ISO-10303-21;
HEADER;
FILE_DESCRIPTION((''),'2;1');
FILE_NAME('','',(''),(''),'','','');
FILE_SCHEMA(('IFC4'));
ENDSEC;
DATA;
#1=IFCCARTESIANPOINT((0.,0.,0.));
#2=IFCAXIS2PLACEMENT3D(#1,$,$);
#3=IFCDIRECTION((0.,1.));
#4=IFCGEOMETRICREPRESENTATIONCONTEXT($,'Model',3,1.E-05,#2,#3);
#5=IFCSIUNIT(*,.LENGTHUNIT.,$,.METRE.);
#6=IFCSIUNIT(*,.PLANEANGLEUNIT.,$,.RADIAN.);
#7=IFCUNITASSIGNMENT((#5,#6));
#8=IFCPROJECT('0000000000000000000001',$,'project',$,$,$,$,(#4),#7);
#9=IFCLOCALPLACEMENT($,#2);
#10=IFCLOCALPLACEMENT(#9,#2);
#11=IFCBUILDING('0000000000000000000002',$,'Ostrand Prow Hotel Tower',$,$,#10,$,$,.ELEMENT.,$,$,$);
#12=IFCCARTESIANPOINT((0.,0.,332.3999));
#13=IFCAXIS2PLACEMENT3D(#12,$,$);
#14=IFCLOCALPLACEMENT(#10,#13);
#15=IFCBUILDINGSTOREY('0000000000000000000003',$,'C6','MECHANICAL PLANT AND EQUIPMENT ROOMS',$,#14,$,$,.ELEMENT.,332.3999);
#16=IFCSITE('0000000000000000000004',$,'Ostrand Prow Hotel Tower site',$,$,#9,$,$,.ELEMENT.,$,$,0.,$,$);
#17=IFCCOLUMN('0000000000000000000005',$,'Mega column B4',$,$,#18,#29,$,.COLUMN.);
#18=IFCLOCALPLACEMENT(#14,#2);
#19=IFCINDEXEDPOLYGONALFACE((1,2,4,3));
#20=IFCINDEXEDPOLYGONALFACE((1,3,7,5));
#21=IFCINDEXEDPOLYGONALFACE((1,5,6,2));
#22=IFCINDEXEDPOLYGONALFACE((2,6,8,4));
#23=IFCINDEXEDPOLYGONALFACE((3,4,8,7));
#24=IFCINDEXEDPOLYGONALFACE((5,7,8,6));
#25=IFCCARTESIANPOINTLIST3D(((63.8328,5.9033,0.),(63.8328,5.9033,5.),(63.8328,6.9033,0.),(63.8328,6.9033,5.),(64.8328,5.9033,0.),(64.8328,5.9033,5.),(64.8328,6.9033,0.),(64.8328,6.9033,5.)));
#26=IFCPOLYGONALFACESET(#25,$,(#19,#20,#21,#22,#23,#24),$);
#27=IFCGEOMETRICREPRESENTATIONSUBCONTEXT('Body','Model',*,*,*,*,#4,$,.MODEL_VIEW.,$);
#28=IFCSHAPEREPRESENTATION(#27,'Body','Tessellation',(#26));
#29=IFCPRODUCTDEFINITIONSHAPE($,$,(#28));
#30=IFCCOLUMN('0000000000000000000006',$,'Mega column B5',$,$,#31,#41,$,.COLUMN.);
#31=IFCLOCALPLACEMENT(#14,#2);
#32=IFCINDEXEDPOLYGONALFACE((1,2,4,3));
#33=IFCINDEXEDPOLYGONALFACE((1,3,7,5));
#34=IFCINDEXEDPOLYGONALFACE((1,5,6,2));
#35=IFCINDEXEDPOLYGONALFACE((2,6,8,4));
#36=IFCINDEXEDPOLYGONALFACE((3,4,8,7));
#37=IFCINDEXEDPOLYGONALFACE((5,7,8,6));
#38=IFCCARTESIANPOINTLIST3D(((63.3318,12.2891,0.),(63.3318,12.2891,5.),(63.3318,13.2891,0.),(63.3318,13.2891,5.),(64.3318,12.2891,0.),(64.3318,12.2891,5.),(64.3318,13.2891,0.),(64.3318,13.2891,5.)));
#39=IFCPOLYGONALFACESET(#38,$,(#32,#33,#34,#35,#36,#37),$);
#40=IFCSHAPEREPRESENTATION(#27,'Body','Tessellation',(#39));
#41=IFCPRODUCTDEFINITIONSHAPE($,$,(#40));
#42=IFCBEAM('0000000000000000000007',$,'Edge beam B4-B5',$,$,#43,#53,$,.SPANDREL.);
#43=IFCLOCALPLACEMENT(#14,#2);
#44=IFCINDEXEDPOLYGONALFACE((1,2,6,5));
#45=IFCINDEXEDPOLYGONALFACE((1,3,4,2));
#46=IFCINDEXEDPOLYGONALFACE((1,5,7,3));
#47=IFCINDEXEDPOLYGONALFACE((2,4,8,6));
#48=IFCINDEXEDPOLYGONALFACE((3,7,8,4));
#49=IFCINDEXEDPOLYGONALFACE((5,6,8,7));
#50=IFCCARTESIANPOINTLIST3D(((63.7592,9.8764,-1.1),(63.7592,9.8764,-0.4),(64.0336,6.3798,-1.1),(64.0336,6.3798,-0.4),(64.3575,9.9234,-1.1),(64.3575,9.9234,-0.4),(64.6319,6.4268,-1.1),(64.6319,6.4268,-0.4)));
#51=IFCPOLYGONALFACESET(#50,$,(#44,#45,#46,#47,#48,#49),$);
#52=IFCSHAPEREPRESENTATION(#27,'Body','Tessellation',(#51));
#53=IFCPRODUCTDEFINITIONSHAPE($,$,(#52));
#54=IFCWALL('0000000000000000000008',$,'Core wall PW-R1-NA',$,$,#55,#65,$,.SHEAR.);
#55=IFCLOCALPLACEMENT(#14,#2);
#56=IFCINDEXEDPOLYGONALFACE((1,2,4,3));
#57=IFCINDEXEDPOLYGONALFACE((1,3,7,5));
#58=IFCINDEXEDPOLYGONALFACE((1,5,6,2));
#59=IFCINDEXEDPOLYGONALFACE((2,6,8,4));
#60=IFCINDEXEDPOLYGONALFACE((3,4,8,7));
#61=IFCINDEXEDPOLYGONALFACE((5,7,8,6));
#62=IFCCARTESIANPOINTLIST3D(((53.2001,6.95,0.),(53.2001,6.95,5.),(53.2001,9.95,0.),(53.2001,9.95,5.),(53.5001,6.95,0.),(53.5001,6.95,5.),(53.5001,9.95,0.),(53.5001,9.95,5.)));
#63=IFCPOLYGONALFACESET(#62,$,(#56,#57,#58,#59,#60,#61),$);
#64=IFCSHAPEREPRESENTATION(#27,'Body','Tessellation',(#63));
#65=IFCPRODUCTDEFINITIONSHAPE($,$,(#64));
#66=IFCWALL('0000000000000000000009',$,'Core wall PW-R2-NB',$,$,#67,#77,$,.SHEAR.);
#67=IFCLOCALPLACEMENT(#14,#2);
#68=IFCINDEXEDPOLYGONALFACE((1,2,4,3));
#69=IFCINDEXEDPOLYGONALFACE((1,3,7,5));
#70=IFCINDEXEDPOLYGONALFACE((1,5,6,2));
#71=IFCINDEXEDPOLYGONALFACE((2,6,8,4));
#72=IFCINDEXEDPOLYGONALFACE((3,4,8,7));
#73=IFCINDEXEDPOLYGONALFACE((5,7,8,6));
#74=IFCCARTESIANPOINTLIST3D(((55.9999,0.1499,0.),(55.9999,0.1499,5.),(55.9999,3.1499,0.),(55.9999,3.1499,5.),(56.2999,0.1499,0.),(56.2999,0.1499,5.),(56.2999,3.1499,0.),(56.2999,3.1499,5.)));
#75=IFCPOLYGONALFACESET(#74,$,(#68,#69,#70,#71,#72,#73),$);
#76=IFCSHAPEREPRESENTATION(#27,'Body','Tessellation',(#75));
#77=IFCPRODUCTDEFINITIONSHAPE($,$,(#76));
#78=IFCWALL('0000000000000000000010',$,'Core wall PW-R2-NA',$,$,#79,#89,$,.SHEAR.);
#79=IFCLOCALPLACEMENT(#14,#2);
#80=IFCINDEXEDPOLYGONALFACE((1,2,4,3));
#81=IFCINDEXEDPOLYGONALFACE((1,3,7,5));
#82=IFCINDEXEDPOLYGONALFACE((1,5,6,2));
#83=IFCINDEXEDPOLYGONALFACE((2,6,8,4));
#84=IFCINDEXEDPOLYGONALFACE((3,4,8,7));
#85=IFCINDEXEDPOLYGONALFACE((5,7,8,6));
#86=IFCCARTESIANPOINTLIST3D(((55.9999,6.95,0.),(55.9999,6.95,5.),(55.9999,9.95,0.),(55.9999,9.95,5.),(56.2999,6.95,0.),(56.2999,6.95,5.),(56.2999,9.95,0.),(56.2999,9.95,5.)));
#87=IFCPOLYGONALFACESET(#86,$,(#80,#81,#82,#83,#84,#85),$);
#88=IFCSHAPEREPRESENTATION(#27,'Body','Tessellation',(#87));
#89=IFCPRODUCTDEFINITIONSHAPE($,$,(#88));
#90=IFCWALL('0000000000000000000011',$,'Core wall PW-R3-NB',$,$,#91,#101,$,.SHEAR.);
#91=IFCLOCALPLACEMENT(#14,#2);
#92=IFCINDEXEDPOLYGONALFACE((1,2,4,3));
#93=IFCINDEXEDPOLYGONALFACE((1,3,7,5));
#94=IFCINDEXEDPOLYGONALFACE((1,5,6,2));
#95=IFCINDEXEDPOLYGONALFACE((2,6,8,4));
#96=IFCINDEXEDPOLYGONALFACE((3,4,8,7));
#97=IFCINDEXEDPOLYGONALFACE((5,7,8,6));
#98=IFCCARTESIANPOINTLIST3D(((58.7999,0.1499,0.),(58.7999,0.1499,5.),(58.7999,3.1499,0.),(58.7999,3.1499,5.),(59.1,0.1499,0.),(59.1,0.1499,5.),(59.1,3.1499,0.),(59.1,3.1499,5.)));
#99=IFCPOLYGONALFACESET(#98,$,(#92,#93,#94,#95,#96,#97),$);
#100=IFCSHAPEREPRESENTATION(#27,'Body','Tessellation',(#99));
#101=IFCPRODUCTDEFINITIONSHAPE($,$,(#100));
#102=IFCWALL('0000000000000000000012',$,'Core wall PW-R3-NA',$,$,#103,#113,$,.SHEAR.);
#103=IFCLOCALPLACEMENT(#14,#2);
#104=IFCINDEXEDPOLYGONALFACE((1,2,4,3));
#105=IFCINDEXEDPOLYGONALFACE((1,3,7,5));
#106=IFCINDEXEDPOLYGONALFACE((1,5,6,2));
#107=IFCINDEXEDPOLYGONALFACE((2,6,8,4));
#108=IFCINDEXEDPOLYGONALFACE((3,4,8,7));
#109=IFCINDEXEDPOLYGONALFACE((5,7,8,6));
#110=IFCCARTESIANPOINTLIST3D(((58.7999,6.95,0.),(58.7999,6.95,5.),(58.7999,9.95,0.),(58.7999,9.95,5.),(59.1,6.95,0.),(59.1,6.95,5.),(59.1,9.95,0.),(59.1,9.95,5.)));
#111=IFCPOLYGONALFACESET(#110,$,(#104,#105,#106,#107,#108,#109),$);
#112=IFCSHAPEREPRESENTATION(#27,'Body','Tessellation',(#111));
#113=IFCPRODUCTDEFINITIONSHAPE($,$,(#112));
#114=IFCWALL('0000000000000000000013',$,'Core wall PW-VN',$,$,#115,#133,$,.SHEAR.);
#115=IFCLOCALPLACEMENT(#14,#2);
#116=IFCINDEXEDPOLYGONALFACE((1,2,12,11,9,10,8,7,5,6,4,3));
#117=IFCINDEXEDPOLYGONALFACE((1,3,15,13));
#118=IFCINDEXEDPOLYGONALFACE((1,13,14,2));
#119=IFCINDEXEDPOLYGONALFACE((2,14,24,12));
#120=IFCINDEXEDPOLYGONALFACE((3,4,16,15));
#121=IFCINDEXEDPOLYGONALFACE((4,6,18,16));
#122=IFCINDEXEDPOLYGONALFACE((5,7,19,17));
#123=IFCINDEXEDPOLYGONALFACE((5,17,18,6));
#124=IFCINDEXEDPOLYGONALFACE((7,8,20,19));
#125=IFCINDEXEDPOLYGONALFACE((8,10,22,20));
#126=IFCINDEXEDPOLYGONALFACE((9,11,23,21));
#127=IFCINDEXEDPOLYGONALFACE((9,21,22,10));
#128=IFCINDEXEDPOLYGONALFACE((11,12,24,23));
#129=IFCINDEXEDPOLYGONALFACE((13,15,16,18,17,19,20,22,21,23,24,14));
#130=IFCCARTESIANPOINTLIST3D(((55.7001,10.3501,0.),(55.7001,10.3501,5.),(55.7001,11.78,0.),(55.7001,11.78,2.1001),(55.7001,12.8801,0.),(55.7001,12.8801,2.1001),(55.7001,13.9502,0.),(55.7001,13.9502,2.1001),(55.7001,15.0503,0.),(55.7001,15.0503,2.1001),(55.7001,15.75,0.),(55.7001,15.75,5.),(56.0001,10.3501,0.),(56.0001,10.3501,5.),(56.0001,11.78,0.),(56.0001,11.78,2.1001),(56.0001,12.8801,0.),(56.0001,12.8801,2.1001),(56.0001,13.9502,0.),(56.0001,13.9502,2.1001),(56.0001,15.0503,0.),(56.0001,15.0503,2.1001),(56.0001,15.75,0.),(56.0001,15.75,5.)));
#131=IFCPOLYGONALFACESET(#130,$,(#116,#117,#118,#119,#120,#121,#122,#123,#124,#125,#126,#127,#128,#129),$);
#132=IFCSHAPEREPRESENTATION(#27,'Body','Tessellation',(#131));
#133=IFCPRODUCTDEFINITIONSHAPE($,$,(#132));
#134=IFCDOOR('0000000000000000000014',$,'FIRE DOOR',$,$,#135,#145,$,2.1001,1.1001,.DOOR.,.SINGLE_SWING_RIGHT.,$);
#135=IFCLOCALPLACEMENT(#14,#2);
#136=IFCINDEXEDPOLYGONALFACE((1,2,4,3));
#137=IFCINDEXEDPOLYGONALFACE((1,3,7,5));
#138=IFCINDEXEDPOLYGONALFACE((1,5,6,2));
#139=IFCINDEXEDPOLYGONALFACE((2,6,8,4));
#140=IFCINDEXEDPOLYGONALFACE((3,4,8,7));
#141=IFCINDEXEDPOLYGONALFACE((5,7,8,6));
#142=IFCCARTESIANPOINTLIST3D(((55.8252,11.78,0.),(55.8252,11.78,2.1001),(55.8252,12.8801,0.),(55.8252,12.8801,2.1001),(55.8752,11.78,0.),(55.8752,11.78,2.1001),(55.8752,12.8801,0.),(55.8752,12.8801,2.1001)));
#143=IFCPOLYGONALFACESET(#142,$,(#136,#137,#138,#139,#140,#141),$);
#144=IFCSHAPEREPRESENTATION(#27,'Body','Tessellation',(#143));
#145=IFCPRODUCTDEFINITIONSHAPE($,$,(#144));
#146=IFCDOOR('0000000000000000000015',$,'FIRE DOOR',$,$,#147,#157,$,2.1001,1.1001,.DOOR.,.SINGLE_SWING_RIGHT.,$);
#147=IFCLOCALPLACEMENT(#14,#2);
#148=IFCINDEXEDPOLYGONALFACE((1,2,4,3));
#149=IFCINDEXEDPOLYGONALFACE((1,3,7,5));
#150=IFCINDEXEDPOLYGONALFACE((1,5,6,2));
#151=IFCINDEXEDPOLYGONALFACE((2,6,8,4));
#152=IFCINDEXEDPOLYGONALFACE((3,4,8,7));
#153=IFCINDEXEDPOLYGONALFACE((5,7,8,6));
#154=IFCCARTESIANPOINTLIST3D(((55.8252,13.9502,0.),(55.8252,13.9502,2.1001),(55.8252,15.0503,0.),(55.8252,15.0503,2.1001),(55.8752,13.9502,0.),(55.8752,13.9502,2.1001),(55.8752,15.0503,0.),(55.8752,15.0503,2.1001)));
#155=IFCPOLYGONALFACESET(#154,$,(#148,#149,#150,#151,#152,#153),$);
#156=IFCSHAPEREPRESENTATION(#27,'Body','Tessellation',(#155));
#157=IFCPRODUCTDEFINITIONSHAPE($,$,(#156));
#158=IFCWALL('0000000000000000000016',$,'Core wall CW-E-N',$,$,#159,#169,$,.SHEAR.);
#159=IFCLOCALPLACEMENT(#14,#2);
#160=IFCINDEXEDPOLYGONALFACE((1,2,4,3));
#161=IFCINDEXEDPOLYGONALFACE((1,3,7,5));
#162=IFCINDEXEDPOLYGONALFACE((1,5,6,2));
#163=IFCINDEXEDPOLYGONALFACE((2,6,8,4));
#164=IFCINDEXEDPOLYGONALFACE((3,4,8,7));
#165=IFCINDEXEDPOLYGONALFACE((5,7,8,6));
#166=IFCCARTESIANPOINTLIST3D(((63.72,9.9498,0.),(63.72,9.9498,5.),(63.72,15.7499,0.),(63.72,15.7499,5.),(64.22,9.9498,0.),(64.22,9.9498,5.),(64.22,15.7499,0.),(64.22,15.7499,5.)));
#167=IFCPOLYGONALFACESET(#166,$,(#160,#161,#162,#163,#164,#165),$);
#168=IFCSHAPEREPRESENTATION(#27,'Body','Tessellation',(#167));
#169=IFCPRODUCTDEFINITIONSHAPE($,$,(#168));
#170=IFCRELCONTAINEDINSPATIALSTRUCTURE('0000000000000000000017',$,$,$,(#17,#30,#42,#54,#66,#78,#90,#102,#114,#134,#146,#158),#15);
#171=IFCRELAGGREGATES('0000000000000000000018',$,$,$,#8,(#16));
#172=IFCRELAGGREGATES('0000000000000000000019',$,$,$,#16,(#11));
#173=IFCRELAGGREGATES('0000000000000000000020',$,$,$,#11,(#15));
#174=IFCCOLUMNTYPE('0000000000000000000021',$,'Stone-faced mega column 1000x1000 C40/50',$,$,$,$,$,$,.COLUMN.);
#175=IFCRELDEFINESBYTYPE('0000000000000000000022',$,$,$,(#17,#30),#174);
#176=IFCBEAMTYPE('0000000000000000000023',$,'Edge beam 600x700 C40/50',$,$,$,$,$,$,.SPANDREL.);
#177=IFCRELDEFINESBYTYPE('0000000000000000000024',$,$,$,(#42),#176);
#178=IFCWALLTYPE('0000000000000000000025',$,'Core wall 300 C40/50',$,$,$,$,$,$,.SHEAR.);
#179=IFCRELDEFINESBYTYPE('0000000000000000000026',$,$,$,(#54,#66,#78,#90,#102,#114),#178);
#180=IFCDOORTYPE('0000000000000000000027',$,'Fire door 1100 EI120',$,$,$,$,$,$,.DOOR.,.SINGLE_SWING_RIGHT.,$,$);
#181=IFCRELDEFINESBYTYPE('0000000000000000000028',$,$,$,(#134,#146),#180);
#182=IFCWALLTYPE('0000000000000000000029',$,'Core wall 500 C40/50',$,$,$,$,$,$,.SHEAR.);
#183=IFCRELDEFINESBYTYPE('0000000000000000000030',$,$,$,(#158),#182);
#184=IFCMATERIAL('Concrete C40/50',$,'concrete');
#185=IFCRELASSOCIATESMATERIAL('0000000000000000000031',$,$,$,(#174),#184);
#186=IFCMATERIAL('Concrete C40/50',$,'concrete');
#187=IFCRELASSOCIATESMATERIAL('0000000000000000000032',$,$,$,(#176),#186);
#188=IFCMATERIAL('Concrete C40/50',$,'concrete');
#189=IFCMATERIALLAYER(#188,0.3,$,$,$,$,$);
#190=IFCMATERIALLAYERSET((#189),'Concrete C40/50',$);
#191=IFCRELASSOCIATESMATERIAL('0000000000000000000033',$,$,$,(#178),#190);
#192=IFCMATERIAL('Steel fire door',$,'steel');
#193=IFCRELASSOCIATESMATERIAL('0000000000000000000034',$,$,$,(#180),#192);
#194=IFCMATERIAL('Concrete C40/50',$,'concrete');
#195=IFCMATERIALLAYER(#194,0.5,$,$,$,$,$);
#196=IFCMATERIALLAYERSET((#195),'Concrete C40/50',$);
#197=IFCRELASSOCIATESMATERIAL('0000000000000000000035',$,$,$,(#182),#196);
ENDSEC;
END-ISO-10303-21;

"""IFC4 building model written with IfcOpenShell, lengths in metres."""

from ifc_helpers import new_model, si_unit, direction, frame, frame_2d, origin, origin_2d, place, context, subcontext, project, spatial, rectangle, extrude, material, layer, layer_set, material_profile, profile_set, type_object, element, fill, save


model = new_model("IFC4")

# Units and contexts
model_context = context("Model", 3, precision=1e-05, world=origin(), true_north=direction((0.0, 1.0)))
body_context = subcontext(model_context, "Body", "Model", "MODEL_VIEW")
ifc_project = project(units=[si_unit("LENGTHUNIT", "METRE"), si_unit("PLANEANGLEUNIT", "RADIAN")], contexts=[model_context])

# Site, building, storey
site_placement = place(None, origin())
site = spatial("IfcSite", under=ifc_project, at=site_placement, Name="Ostrand Prow Hotel Tower site", CompositionType="ELEMENT", RefElevation=0.0)
building_placement = place(site_placement, origin())
building = spatial("IfcBuilding", under=site, at=building_placement, Name="Ostrand Prow Hotel Tower", CompositionType="ELEMENT")
storey_placement = place(building_placement, frame((0.0, 0.0, 332.3999)))
storey = spatial("IfcBuildingStorey", under=building, at=storey_placement, Name="C6", Description="MECHANICAL PLANT AND EQUIPMENT ROOMS", CompositionType="ELEMENT", Elevation=332.3999)

# Columns
ifc_material_1 = material(Name="Concrete C40/50", Category="concrete")
ifc_material_profile_1 = material_profile(ifc_material_1, rectangle(XDim=1.0, YDim=1.0, at=origin_2d()), Name="RC 1000x1000")
ifc_profile_set_1 = profile_set([ifc_material_profile_1], Name="Concrete C40/50")
column_type = type_object("IfcColumnType", Name="Stone-faced mega column 1000x1000 C40/50", PredefinedType="COLUMN", material=ifc_profile_set_1)
for number, where, z_axis, x_axis, name in (
    (1, (64.3328, 6.4033, 0.0), (0.0, 0.0, 1.0), (1.0, 0.0, 0.0), "Mega column B4"),
    (2, (63.8318, 12.7891, 0.0), (0.0, 0.0, 1.0), (1.0, 0.0, 0.0), "Mega column B5"),
):
    element("IfcColumn", number, at=place(storey_placement, frame(where, z_axis=z_axis, x_axis=x_axis)), inside=storey, type_object=column_type, Name=name, PredefinedType="COLUMN", context=body_context, shape_type="SweptSolid", body=[
        extrude(rectangle(XDim=1.0, YDim=1.0, at=origin_2d()), origin(), (0.0, 0.0, 1.0), 5.0),
    ])

# Beam
ifc_material_2 = material(Name="Concrete C40/50", Category="concrete")
ifc_material_profile_2 = material_profile(ifc_material_2, rectangle(XDim=0.6001, YDim=0.7, at=origin_2d()), Name="RC 600x700")
ifc_profile_set_2 = profile_set([ifc_material_profile_2], Name="Concrete C40/50")
beam_type = type_object("IfcBeamType", Name="Edge beam 600x700 C40/50", PredefinedType="SPANDREL", material=ifc_profile_set_2)
beam_placement = place(storey_placement, frame((64.3328, 6.4033, -0.75), z_axis=(-0.07824, 0.996935, 0.0), x_axis=(-0.996935, -0.07824, 0.0)))
element("IfcBeam", 3, at=beam_placement, inside=storey, type_object=beam_type, Name="Edge beam B4-B5", PredefinedType="SPANDREL", context=body_context, shape_type="SweptSolid", body=[
    extrude(rectangle(XDim=0.6001, YDim=0.7, at=origin_2d()), origin(), (0.0, 0.0, 1.0), 3.5073),
])

# Walls
ifc_material_3 = material(Name="Concrete C40/50", Category="concrete")
ifc_layer_1 = layer(ifc_material_3, 0.3)
ifc_layer_set_1 = layer_set([ifc_layer_1], Name="Concrete C40/50")
wall_type_1 = type_object("IfcWallType", Name="Core wall 300 C40/50", PredefinedType="SHEAR", material=ifc_layer_set_1)
for number, where, z_axis, x_axis, name in (
    (4, (53.3501, 6.95, 0.0), (0.0, 0.0, 1.0), (0.0, 1.0, 0.0), "Core wall PW-R1-NA"),
    (5, (56.1499, 0.1499, 0.0), (0.0, 0.0, 1.0), (0.0, 1.0, 0.0), "Core wall PW-R2-NB"),
    (6, (56.1499, 6.95, 0.0), (0.0, 0.0, 1.0), (0.0, 1.0, 0.0), "Core wall PW-R2-NA"),
    (7, (58.95, 0.1499, 0.0), (0.0, 0.0, 1.0), (0.0, 1.0, 0.0), "Core wall PW-R3-NB"),
    (8, (58.95, 6.95, 0.0), (0.0, 0.0, 1.0), (0.0, 1.0, 0.0), "Core wall PW-R3-NA"),
):
    element("IfcWall", number, at=place(storey_placement, frame(where, z_axis=z_axis, x_axis=x_axis)), inside=storey, type_object=wall_type_1, Name=name, PredefinedType="SHEAR", context=body_context, shape_type="SweptSolid", body=[
        extrude(rectangle(XDim=3.0, YDim=0.3, at=frame_2d((1.5, 0.0))), origin(), (0.0, 0.0, 1.0), 5.0),
    ])

# Wall, openings, doors
wall_1_placement = place(storey_placement, frame((55.8501, 10.3501, 0.0), z_axis=(0.0, 0.0, 1.0), x_axis=(0.0, 1.0, 0.0)))
wall_1 = element("IfcWall", 9, at=wall_1_placement, inside=storey, type_object=wall_type_1, Name="Core wall PW-VN", PredefinedType="SHEAR", context=body_context, shape_type="SweptSolid", body=[
    extrude(rectangle(XDim=5.3999, YDim=0.3, at=frame_2d((2.7, 0.0))), origin(), (0.0, 0.0, 1.0), 5.0),
])
opening_1_placement = place(wall_1_placement, frame((1.4299, 0.0, 0.0)))
opening_1 = element("IfcOpeningElement", 10, at=opening_1_placement, cuts=wall_1, PredefinedType="OPENING", context=body_context, shape_type="SweptSolid", body=[
    extrude(rectangle(XDim=1.1001, YDim=2.1001, at=frame_2d((0.55, 1.05))), frame((0.0, 0.1599, 0.0), z_axis=(0.0, -1.0, 0.0), x_axis=(1.0, 0.0, 0.0)), (0.0, 0.0, 1.0), 0.3201),
])
opening_2_placement = place(wall_1_placement, frame((3.6001, 0.0, 0.0)))
opening_2 = element("IfcOpeningElement", 11, at=opening_2_placement, cuts=wall_1, PredefinedType="OPENING", context=body_context, shape_type="SweptSolid", body=[
    extrude(rectangle(XDim=1.1001, YDim=2.1001, at=frame_2d((0.55, 1.05))), frame((0.0, 0.1599, 0.0), z_axis=(0.0, -1.0, 0.0), x_axis=(1.0, 0.0, 0.0)), (0.0, 0.0, 1.0), 0.3201),
])
ifc_material_4 = material(Name="Steel fire door", Category="steel")
door_type = type_object("IfcDoorType", Name="Fire door 1100 EI120", OperationType="SINGLE_SWING_RIGHT", PredefinedType="DOOR", material=ifc_material_4)
door_1_placement = place(opening_1_placement, origin())
door_1 = element("IfcDoor", 12, at=door_1_placement, inside=storey, type_object=door_type, Name="FIRE DOOR", OperationType="SINGLE_SWING_RIGHT", OverallHeight=2.1001, OverallWidth=1.1001, PredefinedType="DOOR", context=body_context, shape_type="SweptSolid", body=[
    extrude(rectangle(XDim=1.1001, YDim=2.1001, at=frame_2d((0.55, 1.05))), frame((0.0, 0.0249, 0.0), z_axis=(0.0, -1.0, 0.0), x_axis=(1.0, 0.0, 0.0)), (0.0, 0.0, 1.0), 0.05),
])
fill(opening_1, door_1)
door_2_placement = place(opening_2_placement, origin())
door_2 = element("IfcDoor", 13, at=door_2_placement, inside=storey, type_object=door_type, Name="FIRE DOOR", OperationType="SINGLE_SWING_RIGHT", OverallHeight=2.1001, OverallWidth=1.1001, PredefinedType="DOOR", context=body_context, shape_type="SweptSolid", body=[
    extrude(rectangle(XDim=1.1001, YDim=2.1001, at=frame_2d((0.55, 1.05))), frame((0.0, 0.0249, 0.0), z_axis=(0.0, -1.0, 0.0), x_axis=(1.0, 0.0, 0.0)), (0.0, 0.0, 1.0), 0.05),
])
fill(opening_2, door_2)

# Wall
ifc_material_5 = material(Name="Concrete C40/50", Category="concrete")
ifc_layer_2 = layer(ifc_material_5, 0.5)
ifc_layer_set_2 = layer_set([ifc_layer_2], Name="Concrete C40/50")
wall_type_2 = type_object("IfcWallType", Name="Core wall 500 C40/50", PredefinedType="SHEAR", material=ifc_layer_set_2)
wall_2_placement = place(storey_placement, frame((63.97, 9.95, 0.0), z_axis=(0.0, 0.0, 1.0), x_axis=(0.0, 1.0, 0.0)))
element("IfcWall", 14, at=wall_2_placement, inside=storey, type_object=wall_type_2, Name="Core wall CW-E-N", PredefinedType="SHEAR", context=body_context, shape_type="SweptSolid", body=[
    extrude(rectangle(XDim=5.8, YDim=0.5, at=frame_2d((2.8999, 0.0))), origin(), (0.0, 0.0, 1.0), 5.0),
])

save(model, "model.ifc")
